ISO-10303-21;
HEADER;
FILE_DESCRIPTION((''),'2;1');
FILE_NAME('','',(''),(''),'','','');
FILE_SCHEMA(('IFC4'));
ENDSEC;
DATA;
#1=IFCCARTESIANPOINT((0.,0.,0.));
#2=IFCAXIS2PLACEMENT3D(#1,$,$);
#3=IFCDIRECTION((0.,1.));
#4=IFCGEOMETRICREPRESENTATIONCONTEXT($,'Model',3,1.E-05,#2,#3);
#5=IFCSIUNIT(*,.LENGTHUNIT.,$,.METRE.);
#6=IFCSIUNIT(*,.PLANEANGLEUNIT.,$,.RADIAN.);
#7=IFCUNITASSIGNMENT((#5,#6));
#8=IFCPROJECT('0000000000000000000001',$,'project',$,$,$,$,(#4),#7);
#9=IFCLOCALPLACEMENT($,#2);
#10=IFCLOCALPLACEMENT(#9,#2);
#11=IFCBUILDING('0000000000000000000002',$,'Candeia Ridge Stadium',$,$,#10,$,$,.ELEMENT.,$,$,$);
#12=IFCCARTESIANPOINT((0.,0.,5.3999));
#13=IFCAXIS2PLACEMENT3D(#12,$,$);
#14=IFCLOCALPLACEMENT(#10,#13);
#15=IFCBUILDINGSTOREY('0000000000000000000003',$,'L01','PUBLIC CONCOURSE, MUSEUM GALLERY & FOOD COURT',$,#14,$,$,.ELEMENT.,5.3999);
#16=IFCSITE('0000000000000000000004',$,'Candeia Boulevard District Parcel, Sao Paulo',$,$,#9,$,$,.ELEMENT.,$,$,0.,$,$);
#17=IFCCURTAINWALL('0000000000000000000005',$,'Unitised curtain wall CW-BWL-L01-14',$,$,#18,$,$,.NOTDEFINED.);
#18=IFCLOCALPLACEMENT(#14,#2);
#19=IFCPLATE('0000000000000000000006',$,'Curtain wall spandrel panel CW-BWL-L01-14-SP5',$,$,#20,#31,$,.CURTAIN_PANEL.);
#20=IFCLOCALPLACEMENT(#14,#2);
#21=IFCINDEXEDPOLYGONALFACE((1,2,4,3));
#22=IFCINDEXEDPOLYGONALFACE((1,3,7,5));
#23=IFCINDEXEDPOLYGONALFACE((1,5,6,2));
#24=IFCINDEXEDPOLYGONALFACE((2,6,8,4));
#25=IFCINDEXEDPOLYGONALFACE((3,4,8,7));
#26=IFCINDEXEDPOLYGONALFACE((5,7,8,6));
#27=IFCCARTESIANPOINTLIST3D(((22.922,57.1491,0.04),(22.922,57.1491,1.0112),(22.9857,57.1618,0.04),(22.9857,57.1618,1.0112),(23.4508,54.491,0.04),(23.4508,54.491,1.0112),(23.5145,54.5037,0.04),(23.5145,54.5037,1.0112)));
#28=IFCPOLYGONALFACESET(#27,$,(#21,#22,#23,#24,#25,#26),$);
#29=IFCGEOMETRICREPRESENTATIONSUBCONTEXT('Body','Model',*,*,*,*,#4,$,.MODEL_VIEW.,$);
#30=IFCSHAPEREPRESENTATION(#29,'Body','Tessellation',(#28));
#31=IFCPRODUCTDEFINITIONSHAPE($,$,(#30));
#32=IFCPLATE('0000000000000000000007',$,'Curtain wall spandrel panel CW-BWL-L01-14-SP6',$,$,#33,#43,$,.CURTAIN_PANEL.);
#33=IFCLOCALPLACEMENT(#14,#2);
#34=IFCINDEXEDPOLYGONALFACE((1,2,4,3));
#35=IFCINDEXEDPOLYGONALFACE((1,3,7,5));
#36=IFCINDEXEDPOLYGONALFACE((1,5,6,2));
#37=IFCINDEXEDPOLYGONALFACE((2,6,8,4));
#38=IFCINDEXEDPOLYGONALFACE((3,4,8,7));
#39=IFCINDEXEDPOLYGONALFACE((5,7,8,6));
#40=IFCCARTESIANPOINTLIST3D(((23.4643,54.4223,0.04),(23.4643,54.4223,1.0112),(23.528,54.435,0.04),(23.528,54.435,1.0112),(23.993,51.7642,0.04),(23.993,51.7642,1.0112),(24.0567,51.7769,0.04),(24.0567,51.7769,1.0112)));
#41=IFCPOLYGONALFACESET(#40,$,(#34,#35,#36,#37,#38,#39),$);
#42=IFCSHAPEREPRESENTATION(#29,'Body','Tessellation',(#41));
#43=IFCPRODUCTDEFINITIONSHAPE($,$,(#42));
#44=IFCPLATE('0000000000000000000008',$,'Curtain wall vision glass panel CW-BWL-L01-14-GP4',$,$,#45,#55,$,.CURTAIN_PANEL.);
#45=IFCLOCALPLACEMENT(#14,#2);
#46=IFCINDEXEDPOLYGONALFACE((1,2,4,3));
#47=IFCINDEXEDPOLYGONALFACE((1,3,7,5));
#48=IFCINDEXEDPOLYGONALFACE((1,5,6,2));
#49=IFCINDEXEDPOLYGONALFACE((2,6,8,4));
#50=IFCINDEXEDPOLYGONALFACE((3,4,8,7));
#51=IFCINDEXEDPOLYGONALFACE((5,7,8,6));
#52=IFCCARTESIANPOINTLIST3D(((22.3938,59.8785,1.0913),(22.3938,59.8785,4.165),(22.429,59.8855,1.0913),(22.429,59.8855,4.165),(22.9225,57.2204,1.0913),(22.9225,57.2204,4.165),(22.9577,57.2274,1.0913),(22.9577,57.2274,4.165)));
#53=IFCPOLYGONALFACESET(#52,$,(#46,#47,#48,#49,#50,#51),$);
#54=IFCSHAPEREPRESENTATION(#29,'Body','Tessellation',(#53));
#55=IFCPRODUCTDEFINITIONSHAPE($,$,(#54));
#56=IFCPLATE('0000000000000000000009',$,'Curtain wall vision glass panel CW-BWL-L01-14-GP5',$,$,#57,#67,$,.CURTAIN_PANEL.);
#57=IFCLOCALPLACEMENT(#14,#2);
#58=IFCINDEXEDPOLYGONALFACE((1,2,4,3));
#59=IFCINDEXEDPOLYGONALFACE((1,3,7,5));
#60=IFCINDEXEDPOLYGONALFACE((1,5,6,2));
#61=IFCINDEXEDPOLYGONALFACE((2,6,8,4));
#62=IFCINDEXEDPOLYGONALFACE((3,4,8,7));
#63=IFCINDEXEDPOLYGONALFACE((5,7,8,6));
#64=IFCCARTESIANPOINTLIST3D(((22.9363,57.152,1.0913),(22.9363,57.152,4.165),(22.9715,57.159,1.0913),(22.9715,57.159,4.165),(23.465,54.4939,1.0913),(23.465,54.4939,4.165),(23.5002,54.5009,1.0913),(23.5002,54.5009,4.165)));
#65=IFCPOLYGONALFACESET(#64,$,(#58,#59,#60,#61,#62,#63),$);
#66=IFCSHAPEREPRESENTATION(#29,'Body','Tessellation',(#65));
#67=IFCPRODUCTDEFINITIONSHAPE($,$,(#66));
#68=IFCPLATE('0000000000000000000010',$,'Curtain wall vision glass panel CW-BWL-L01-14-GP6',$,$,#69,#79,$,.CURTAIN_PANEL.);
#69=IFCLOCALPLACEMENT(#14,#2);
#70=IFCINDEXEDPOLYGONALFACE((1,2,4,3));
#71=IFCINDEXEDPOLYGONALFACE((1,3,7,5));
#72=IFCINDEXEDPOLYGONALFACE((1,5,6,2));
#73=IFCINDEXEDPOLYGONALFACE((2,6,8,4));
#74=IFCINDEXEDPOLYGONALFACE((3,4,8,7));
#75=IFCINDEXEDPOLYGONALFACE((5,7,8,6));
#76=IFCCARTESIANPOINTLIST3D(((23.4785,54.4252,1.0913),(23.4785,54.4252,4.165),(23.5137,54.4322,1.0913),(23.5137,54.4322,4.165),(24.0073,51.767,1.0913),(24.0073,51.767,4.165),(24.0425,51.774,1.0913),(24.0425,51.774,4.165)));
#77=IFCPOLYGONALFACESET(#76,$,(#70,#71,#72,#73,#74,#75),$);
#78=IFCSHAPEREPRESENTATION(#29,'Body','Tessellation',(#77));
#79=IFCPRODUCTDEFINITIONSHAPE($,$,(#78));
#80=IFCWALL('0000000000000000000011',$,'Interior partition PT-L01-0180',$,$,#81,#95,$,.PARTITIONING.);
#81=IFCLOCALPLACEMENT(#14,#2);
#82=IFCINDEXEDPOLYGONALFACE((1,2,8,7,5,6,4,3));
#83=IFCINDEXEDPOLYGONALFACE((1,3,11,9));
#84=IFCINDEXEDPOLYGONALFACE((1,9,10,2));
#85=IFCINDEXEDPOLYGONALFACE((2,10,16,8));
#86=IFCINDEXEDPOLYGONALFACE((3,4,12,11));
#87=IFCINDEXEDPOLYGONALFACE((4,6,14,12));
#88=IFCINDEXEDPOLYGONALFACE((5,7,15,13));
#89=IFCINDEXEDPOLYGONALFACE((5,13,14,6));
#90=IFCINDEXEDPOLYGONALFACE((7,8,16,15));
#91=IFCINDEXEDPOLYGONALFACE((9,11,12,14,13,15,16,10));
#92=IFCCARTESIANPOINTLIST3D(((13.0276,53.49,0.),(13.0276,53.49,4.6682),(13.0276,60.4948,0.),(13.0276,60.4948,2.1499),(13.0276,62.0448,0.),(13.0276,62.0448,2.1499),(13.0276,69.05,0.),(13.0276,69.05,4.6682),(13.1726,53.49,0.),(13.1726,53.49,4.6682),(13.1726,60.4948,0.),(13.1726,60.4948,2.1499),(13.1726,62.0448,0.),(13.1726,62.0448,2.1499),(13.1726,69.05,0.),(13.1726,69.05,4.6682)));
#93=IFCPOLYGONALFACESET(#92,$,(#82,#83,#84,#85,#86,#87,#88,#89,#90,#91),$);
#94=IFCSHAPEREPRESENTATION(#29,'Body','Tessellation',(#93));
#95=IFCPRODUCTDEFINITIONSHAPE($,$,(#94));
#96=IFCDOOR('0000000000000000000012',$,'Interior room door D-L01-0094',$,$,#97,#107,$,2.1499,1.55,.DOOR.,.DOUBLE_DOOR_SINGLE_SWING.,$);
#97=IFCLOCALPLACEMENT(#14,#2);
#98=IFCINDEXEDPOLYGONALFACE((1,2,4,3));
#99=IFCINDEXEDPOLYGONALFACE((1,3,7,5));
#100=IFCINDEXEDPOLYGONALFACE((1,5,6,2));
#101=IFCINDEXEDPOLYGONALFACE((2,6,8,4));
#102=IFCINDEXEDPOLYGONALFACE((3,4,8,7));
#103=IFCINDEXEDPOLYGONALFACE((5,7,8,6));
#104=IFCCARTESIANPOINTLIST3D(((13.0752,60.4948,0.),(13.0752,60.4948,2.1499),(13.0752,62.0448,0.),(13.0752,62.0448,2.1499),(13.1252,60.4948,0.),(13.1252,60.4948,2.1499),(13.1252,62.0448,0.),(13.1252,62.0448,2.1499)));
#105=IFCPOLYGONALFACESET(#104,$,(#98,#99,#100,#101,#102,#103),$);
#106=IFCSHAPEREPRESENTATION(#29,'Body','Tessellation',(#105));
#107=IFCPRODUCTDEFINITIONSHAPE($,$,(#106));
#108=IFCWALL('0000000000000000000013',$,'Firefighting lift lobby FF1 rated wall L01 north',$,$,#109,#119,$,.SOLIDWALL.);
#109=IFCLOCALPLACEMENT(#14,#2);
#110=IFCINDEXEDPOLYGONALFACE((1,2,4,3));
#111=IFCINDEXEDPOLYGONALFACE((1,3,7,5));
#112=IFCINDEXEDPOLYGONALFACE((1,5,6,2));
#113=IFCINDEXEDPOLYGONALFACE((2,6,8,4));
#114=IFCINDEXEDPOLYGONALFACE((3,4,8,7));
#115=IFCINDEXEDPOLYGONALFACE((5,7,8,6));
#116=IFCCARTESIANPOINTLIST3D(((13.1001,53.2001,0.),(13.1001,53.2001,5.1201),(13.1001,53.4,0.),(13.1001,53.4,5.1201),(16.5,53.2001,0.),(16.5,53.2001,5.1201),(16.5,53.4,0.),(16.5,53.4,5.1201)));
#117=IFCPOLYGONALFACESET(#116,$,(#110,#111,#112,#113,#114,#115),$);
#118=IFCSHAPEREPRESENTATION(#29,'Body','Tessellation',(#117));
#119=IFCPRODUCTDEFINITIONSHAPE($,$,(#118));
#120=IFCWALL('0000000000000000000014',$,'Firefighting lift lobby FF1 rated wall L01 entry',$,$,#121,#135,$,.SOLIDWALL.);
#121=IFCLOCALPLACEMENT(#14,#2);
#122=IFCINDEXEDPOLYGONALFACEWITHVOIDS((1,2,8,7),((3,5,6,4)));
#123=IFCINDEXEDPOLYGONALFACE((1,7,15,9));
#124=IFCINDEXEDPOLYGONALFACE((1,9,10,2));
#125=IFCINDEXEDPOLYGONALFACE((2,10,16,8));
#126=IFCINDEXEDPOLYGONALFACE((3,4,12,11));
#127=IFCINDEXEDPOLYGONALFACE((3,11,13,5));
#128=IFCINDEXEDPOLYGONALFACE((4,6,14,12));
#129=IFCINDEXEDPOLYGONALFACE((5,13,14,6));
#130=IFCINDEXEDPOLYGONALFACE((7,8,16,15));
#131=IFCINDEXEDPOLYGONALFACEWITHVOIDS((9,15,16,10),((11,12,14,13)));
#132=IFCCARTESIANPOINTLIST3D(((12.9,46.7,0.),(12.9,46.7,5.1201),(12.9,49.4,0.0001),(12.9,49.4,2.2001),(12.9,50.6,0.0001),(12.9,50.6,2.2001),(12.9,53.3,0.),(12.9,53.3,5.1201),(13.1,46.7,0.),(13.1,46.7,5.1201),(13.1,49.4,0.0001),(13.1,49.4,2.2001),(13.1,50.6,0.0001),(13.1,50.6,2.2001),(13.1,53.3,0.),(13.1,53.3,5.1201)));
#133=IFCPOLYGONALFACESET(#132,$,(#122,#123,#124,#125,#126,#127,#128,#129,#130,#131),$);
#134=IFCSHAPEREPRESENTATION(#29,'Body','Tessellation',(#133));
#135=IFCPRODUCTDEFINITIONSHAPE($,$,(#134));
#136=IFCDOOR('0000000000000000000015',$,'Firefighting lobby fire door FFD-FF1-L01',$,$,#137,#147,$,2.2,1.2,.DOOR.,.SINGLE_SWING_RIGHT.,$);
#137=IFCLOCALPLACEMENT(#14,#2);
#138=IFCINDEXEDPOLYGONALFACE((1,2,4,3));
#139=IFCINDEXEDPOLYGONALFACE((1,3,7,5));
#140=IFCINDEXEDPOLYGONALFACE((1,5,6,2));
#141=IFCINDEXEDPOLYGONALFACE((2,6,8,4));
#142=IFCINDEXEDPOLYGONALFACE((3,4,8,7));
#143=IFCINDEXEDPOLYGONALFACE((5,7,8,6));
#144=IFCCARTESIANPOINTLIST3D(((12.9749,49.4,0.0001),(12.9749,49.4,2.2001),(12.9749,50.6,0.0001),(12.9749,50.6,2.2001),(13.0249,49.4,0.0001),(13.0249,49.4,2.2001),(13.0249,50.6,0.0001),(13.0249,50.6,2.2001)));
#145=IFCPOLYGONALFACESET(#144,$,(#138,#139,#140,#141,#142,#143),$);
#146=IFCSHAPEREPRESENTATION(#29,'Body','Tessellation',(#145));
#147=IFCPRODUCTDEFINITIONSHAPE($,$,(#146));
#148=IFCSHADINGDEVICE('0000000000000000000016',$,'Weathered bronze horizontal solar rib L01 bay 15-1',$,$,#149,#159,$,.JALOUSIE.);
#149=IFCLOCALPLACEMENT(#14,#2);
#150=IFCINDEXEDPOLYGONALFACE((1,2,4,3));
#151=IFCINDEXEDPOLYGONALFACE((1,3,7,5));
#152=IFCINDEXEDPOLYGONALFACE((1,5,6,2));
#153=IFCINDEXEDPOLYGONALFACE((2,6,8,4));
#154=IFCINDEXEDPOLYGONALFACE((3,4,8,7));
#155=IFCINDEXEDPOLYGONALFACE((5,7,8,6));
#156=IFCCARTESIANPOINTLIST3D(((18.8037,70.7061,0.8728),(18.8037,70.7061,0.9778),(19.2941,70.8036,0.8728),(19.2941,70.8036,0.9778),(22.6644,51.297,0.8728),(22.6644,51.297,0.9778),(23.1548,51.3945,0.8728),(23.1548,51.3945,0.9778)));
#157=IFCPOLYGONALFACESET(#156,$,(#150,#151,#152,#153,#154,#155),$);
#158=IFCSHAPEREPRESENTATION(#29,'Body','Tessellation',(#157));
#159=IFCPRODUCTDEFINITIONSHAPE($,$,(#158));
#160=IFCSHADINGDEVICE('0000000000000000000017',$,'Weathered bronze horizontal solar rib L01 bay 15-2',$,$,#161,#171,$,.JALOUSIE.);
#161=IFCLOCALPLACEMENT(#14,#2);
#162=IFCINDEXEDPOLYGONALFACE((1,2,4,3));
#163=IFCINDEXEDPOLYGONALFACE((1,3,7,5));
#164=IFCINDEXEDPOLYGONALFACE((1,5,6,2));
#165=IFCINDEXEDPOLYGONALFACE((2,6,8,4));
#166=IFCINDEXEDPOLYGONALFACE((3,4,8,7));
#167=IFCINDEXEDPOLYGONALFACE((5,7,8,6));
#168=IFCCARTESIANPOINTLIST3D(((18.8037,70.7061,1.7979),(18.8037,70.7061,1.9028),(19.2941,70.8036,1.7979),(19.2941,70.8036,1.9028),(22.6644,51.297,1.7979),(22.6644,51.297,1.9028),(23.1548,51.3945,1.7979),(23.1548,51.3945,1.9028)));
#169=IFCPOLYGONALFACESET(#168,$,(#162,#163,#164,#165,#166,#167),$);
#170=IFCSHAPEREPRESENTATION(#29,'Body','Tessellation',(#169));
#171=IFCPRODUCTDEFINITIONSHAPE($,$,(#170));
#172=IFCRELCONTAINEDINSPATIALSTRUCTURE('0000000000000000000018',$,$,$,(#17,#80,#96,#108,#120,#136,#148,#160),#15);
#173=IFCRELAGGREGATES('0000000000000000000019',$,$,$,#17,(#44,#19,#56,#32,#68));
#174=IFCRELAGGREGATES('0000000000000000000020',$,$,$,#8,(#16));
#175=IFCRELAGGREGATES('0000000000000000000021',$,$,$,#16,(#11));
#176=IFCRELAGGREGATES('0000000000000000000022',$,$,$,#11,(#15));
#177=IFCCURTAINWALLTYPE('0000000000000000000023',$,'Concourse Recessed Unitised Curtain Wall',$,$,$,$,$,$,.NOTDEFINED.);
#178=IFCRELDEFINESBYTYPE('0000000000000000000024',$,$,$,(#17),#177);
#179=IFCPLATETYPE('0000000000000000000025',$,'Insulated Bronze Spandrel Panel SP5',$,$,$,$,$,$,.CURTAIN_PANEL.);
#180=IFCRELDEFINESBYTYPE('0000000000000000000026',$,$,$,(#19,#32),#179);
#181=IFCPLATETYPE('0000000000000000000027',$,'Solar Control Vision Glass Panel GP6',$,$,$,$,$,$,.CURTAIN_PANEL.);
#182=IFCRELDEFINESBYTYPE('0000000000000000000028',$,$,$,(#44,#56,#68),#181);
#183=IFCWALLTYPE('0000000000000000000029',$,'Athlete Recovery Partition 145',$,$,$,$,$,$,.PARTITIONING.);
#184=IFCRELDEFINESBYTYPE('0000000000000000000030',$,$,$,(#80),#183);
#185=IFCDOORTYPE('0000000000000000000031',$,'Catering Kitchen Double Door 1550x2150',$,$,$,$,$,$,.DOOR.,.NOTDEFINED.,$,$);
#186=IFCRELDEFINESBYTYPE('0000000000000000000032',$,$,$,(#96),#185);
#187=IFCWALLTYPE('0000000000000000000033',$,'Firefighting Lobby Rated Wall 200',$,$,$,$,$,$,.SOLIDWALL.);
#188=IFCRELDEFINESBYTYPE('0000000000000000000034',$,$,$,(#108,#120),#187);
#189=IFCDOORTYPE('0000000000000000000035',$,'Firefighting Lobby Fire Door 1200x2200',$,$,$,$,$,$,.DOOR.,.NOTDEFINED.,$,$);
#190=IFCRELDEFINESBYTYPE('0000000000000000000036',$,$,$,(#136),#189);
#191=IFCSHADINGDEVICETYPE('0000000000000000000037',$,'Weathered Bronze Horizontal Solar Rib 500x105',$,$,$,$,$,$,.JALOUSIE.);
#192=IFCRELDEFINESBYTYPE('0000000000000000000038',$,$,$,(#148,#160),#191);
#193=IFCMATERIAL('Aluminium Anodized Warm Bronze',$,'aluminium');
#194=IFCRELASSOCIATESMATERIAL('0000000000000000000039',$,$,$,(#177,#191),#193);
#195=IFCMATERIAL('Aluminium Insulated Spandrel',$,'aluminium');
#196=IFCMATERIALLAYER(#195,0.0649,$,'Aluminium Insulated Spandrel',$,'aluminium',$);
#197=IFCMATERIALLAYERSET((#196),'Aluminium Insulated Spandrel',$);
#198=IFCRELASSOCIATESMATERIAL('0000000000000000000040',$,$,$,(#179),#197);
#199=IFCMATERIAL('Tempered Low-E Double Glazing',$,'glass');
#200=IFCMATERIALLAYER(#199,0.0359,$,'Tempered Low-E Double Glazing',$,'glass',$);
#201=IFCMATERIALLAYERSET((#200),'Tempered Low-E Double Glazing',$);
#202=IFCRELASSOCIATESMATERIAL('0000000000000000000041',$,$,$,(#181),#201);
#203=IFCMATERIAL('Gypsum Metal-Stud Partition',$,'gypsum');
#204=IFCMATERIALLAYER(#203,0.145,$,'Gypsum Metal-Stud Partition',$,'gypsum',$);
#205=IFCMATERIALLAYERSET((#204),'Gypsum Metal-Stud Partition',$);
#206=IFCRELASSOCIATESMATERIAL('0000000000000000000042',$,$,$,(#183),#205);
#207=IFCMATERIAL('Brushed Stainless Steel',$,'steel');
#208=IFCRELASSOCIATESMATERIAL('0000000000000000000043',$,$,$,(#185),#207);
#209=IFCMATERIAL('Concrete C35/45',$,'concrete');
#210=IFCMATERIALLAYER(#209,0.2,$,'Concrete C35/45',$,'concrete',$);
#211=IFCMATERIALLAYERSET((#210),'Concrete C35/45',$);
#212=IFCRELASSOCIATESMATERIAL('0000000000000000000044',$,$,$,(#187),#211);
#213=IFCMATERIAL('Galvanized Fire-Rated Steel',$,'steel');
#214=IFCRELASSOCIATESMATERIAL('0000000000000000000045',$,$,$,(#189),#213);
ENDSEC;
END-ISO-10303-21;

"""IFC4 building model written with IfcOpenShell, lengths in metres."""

from ifc_helpers import new_model, si_unit, direction, frame, frame_2d, origin, origin_2d, place, context, subcontext, project, spatial, rectangle, extrude, material, layer, layer_set, type_object, element, fill, aggregate, save


model = new_model("IFC4")

# Units and contexts
model_context = context("Model", 3, precision=1e-05, world=origin(), true_north=direction((0.0, 1.0)))
body_context = subcontext(model_context, "Body", "Model", "MODEL_VIEW")
ifc_project = project(units=[si_unit("LENGTHUNIT", "METRE"), si_unit("PLANEANGLEUNIT", "RADIAN")], contexts=[model_context])

# Site, building, storey
site_placement = place(None, origin())
site = spatial("IfcSite", under=ifc_project, at=site_placement, Name="Candeia Boulevard District Parcel, Sao Paulo", CompositionType="ELEMENT", RefElevation=0.0)
building_placement = place(site_placement, origin())
building = spatial("IfcBuilding", under=site, at=building_placement, Name="Candeia Ridge Stadium", CompositionType="ELEMENT")
storey_placement = place(building_placement, frame((0.0, 0.0, 5.3999)))
storey = spatial("IfcBuildingStorey", under=building, at=storey_placement, Name="L01", Description="PUBLIC CONCOURSE, MUSEUM GALLERY & FOOD COURT", CompositionType="ELEMENT", Elevation=5.3999)

# Curtain wall
ifc_material_1 = material(Name="Aluminium Anodized Warm Bronze", Category="aluminium")
curtain_wall_type = type_object("IfcCurtainWallType", Name="Concourse Recessed Unitised Curtain Wall", PredefinedType="NOTDEFINED", material=ifc_material_1)
curtain_wall_placement = place(storey_placement, origin())
curtain_wall = element("IfcCurtainWall", 1, at=curtain_wall_placement, inside=storey, type_object=curtain_wall_type, Name="Unitised curtain wall CW-BWL-L01-14", PredefinedType="NOTDEFINED")

# Plates
ifc_material_2 = material(Name="Aluminium Insulated Spandrel", Category="aluminium")
ifc_layer_1 = layer(ifc_material_2, 0.0649, Name="Aluminium Insulated Spandrel", Category="aluminium")
ifc_layer_set_1 = layer_set([ifc_layer_1], Name="Aluminium Insulated Spandrel")
plate_type_1 = type_object("IfcPlateType", Name="Insulated Bronze Spandrel Panel SP5", PredefinedType="CURTAIN_PANEL", material=ifc_layer_set_1)
plate_1_placement = place(storey_placement, frame((23.2183, 55.8264, 0.04), z_axis=(0.0, 0.0, 1.0), x_axis=(0.19509, -0.980785, 0.0)))
plate_1 = element("IfcPlate", 2, at=plate_1_placement, type_object=plate_type_1, Name="Curtain wall spandrel panel CW-BWL-L01-14-SP5", PredefinedType="CURTAIN_PANEL", context=body_context, shape_type="SweptSolid", body=[
    extrude(rectangle(XDim=2.7102, YDim=0.0649, at=origin_2d()), origin(), (0.0, 0.0, 1.0), 0.9712),
])
plate_2_placement = place(storey_placement, frame((23.7605, 53.0996, 0.04), z_axis=(0.0, 0.0, 1.0), x_axis=(0.19509, -0.980785, 0.0)))
plate_2 = element("IfcPlate", 3, at=plate_2_placement, type_object=plate_type_1, Name="Curtain wall spandrel panel CW-BWL-L01-14-SP6", PredefinedType="CURTAIN_PANEL", context=body_context, shape_type="SweptSolid", body=[
    extrude(rectangle(XDim=2.7102, YDim=0.0649, at=origin_2d()), origin(), (0.0, 0.0, 1.0), 0.9712),
])
ifc_material_3 = material(Name="Tempered Low-E Double Glazing", Category="glass")
ifc_layer_2 = layer(ifc_material_3, 0.0359, Name="Tempered Low-E Double Glazing", Category="glass")
ifc_layer_set_2 = layer_set([ifc_layer_2], Name="Tempered Low-E Double Glazing")
plate_type_2 = type_object("IfcPlateType", Name="Solar Control Vision Glass Panel GP6", PredefinedType="CURTAIN_PANEL", material=ifc_layer_set_2)
plate_3_placement = place(storey_placement, frame((22.6758, 58.553, 1.0913), z_axis=(0.0, 0.0, 1.0), x_axis=(0.19509, -0.980785, 0.0)))
plate_3 = element("IfcPlate", 4, at=plate_3_placement, type_object=plate_type_2, Name="Curtain wall vision glass panel CW-BWL-L01-14-GP4", PredefinedType="CURTAIN_PANEL", context=body_context, shape_type="SweptSolid", body=[
    extrude(rectangle(XDim=2.7102, YDim=0.0359, at=origin_2d()), origin(), (0.0, 0.0, 1.0), 3.0737),
])
plate_4_placement = place(storey_placement, frame((23.2183, 55.8264, 1.0913), z_axis=(0.0, 0.0, 1.0), x_axis=(0.19509, -0.980785, 0.0)))
plate_4 = element("IfcPlate", 5, at=plate_4_placement, type_object=plate_type_2, Name="Curtain wall vision glass panel CW-BWL-L01-14-GP5", PredefinedType="CURTAIN_PANEL", context=body_context, shape_type="SweptSolid", body=[
    extrude(rectangle(XDim=2.7102, YDim=0.0359, at=origin_2d()), origin(), (0.0, 0.0, 1.0), 3.0737),
])
plate_5_placement = place(storey_placement, frame((23.7605, 53.0996, 1.0913), z_axis=(0.0, 0.0, 1.0), x_axis=(0.19509, -0.980785, 0.0)))
plate_5 = element("IfcPlate", 6, at=plate_5_placement, type_object=plate_type_2, Name="Curtain wall vision glass panel CW-BWL-L01-14-GP6", PredefinedType="CURTAIN_PANEL", context=body_context, shape_type="SweptSolid", body=[
    extrude(rectangle(XDim=2.7102, YDim=0.0359, at=origin_2d()), origin(), (0.0, 0.0, 1.0), 3.0737),
])
aggregate(curtain_wall, [plate_3, plate_1, plate_4, plate_2, plate_5])

# Wall, opening, door
ifc_material_4 = material(Name="Gypsum Metal-Stud Partition", Category="gypsum")
ifc_layer_3 = layer(ifc_material_4, 0.145, Name="Gypsum Metal-Stud Partition", Category="gypsum")
ifc_layer_set_3 = layer_set([ifc_layer_3], Name="Gypsum Metal-Stud Partition")
wall_type_1 = type_object("IfcWallType", Name="Athlete Recovery Partition 145", PredefinedType="PARTITIONING", material=ifc_layer_set_3)
wall_1_placement = place(storey_placement, frame((13.1001, 53.49, 0.0), z_axis=(0.0, 0.0, 1.0), x_axis=(0.0, 1.0, 0.0)))
wall_1 = element("IfcWall", 7, at=wall_1_placement, inside=storey, type_object=wall_type_1, Name="Interior partition PT-L01-0180", PredefinedType="PARTITIONING", context=body_context, shape_type="SweptSolid", body=[
    extrude(rectangle(XDim=15.5601, YDim=0.145, at=frame_2d((7.78, 0.0))), origin(), (0.0, 0.0, 1.0), 4.6682),
])
opening_1_placement = place(wall_1_placement, frame((7.0049, 0.0, 0.0)))
opening_1 = element("IfcOpeningElement", 8, at=opening_1_placement, cuts=wall_1, PredefinedType="OPENING", context=body_context, shape_type="SweptSolid", body=[
    extrude(rectangle(XDim=1.55, YDim=2.1499, at=frame_2d((0.7749, 1.075))), frame((0.0, 0.0825, 0.0), z_axis=(0.0, -1.0, 0.0), x_axis=(1.0, 0.0, 0.0)), (0.0, 0.0, 1.0), 0.165),
])
ifc_material_5 = material(Name="Brushed Stainless Steel", Category="steel")
door_type_1 = type_object("IfcDoorType", Name="Catering Kitchen Double Door 1550x2150", OperationType="NOTDEFINED", PredefinedType="DOOR", material=ifc_material_5)
door_1_placement = place(opening_1_placement, origin())
door_1 = element("IfcDoor", 9, at=door_1_placement, inside=storey, type_object=door_type_1, Name="Interior room door D-L01-0094", OperationType="DOUBLE_DOOR_SINGLE_SWING", OverallHeight=2.1499, OverallWidth=1.55, PredefinedType="DOOR", context=body_context, shape_type="SweptSolid", body=[
    extrude(rectangle(XDim=1.55, YDim=2.1499, at=frame_2d((0.7749, 1.075))), frame((0.0, 0.0249, 0.0), z_axis=(0.0, -1.0, 0.0), x_axis=(1.0, 0.0, 0.0)), (0.0, 0.0, 1.0), 0.05),
])
fill(opening_1, door_1)

# Wall
ifc_material_6 = material(Name="Concrete C35/45", Category="concrete")
ifc_layer_4 = layer(ifc_material_6, 0.2, Name="Concrete C35/45", Category="concrete")
ifc_layer_set_4 = layer_set([ifc_layer_4], Name="Concrete C35/45")
wall_type_2 = type_object("IfcWallType", Name="Firefighting Lobby Rated Wall 200", PredefinedType="SOLIDWALL", material=ifc_layer_set_4)
wall_2_placement = place(storey_placement, frame((16.5, 53.3, 0.0), z_axis=(0.0, 0.0, 1.0), x_axis=(-1.0, 0.0, 0.0)))
element("IfcWall", 10, at=wall_2_placement, inside=storey, type_object=wall_type_2, Name="Firefighting lift lobby FF1 rated wall L01 north", PredefinedType="SOLIDWALL", context=body_context, shape_type="SweptSolid", body=[
    extrude(rectangle(XDim=3.3999, YDim=0.2, at=frame_2d((1.7, 0.0))), origin(), (0.0, 0.0, 1.0), 5.1201),
])

# Wall, opening, door
wall_3_placement = place(storey_placement, frame((13.0, 53.3, 0.0), z_axis=(0.0, 0.0, 1.0), x_axis=(0.0, -1.0, 0.0)))
wall_3 = element("IfcWall", 11, at=wall_3_placement, inside=storey, type_object=wall_type_2, Name="Firefighting lift lobby FF1 rated wall L01 entry", PredefinedType="SOLIDWALL", context=body_context, shape_type="SweptSolid", body=[
    extrude(rectangle(XDim=6.6001, YDim=0.2, at=frame_2d((3.3, 0.0))), origin(), (0.0, 0.0, 1.0), 5.1201),
])
opening_2_placement = place(wall_3_placement, frame((2.7, 0.0, 0.0)))
opening_2 = element("IfcOpeningElement", 12, at=opening_2_placement, cuts=wall_3, PredefinedType="OPENING", context=body_context, shape_type="SweptSolid", body=[
    extrude(rectangle(XDim=1.2, YDim=2.2, at=frame_2d((0.6001, 1.1001))), frame((0.0, 0.1099, 0.0), z_axis=(0.0, -1.0, 0.0), x_axis=(1.0, 0.0, 0.0)), (0.0, 0.0, 1.0), 0.22),
])
ifc_material_7 = material(Name="Galvanized Fire-Rated Steel", Category="steel")
door_type_2 = type_object("IfcDoorType", Name="Firefighting Lobby Fire Door 1200x2200", OperationType="NOTDEFINED", PredefinedType="DOOR", material=ifc_material_7)
door_2_placement = place(opening_2_placement, origin())
door_2 = element("IfcDoor", 13, at=door_2_placement, inside=storey, type_object=door_type_2, Name="Firefighting lobby fire door FFD-FF1-L01", OperationType="SINGLE_SWING_RIGHT", OverallHeight=2.2, OverallWidth=1.2, PredefinedType="DOOR", context=body_context, shape_type="SweptSolid", body=[
    extrude(rectangle(XDim=1.2, YDim=2.2, at=frame_2d((0.6001, 1.1001))), frame((0.0, 0.0249, 0.0), z_axis=(0.0, -1.0, 0.0), x_axis=(1.0, 0.0, 0.0)), (0.0, 0.0, 1.0), 0.05),
])
fill(opening_2, door_2)

# Shading devices
shading_device_type = type_object("IfcShadingDeviceType", Name="Weathered Bronze Horizontal Solar Rib 500x105", PredefinedType="JALOUSIE", material=ifc_material_1)
for number, where, z_axis, x_axis, name in (
    (14, (20.9792, 61.0503, 0.8728), (0.0, 0.0, 1.0), (0.19509, -0.980785, 0.0), "Weathered bronze horizontal solar rib L01 bay 15-1"),
    (15, (20.9792, 61.0503, 1.7979), (0.0, 0.0, 1.0), (0.19509, -0.980785, 0.0), "Weathered bronze horizontal solar rib L01 bay 15-2"),
):
    element("IfcShadingDevice", number, at=place(storey_placement, frame(where, z_axis=z_axis, x_axis=x_axis)), inside=storey, type_object=shading_device_type, Name=name, PredefinedType="JALOUSIE", context=body_context, shape_type="SweptSolid", body=[
        extrude(rectangle(XDim=19.7893, YDim=0.5, at=origin_2d()), origin(), (0.0, 0.0, 1.0), 0.105),
    ])

save(model, "model.ifc")
